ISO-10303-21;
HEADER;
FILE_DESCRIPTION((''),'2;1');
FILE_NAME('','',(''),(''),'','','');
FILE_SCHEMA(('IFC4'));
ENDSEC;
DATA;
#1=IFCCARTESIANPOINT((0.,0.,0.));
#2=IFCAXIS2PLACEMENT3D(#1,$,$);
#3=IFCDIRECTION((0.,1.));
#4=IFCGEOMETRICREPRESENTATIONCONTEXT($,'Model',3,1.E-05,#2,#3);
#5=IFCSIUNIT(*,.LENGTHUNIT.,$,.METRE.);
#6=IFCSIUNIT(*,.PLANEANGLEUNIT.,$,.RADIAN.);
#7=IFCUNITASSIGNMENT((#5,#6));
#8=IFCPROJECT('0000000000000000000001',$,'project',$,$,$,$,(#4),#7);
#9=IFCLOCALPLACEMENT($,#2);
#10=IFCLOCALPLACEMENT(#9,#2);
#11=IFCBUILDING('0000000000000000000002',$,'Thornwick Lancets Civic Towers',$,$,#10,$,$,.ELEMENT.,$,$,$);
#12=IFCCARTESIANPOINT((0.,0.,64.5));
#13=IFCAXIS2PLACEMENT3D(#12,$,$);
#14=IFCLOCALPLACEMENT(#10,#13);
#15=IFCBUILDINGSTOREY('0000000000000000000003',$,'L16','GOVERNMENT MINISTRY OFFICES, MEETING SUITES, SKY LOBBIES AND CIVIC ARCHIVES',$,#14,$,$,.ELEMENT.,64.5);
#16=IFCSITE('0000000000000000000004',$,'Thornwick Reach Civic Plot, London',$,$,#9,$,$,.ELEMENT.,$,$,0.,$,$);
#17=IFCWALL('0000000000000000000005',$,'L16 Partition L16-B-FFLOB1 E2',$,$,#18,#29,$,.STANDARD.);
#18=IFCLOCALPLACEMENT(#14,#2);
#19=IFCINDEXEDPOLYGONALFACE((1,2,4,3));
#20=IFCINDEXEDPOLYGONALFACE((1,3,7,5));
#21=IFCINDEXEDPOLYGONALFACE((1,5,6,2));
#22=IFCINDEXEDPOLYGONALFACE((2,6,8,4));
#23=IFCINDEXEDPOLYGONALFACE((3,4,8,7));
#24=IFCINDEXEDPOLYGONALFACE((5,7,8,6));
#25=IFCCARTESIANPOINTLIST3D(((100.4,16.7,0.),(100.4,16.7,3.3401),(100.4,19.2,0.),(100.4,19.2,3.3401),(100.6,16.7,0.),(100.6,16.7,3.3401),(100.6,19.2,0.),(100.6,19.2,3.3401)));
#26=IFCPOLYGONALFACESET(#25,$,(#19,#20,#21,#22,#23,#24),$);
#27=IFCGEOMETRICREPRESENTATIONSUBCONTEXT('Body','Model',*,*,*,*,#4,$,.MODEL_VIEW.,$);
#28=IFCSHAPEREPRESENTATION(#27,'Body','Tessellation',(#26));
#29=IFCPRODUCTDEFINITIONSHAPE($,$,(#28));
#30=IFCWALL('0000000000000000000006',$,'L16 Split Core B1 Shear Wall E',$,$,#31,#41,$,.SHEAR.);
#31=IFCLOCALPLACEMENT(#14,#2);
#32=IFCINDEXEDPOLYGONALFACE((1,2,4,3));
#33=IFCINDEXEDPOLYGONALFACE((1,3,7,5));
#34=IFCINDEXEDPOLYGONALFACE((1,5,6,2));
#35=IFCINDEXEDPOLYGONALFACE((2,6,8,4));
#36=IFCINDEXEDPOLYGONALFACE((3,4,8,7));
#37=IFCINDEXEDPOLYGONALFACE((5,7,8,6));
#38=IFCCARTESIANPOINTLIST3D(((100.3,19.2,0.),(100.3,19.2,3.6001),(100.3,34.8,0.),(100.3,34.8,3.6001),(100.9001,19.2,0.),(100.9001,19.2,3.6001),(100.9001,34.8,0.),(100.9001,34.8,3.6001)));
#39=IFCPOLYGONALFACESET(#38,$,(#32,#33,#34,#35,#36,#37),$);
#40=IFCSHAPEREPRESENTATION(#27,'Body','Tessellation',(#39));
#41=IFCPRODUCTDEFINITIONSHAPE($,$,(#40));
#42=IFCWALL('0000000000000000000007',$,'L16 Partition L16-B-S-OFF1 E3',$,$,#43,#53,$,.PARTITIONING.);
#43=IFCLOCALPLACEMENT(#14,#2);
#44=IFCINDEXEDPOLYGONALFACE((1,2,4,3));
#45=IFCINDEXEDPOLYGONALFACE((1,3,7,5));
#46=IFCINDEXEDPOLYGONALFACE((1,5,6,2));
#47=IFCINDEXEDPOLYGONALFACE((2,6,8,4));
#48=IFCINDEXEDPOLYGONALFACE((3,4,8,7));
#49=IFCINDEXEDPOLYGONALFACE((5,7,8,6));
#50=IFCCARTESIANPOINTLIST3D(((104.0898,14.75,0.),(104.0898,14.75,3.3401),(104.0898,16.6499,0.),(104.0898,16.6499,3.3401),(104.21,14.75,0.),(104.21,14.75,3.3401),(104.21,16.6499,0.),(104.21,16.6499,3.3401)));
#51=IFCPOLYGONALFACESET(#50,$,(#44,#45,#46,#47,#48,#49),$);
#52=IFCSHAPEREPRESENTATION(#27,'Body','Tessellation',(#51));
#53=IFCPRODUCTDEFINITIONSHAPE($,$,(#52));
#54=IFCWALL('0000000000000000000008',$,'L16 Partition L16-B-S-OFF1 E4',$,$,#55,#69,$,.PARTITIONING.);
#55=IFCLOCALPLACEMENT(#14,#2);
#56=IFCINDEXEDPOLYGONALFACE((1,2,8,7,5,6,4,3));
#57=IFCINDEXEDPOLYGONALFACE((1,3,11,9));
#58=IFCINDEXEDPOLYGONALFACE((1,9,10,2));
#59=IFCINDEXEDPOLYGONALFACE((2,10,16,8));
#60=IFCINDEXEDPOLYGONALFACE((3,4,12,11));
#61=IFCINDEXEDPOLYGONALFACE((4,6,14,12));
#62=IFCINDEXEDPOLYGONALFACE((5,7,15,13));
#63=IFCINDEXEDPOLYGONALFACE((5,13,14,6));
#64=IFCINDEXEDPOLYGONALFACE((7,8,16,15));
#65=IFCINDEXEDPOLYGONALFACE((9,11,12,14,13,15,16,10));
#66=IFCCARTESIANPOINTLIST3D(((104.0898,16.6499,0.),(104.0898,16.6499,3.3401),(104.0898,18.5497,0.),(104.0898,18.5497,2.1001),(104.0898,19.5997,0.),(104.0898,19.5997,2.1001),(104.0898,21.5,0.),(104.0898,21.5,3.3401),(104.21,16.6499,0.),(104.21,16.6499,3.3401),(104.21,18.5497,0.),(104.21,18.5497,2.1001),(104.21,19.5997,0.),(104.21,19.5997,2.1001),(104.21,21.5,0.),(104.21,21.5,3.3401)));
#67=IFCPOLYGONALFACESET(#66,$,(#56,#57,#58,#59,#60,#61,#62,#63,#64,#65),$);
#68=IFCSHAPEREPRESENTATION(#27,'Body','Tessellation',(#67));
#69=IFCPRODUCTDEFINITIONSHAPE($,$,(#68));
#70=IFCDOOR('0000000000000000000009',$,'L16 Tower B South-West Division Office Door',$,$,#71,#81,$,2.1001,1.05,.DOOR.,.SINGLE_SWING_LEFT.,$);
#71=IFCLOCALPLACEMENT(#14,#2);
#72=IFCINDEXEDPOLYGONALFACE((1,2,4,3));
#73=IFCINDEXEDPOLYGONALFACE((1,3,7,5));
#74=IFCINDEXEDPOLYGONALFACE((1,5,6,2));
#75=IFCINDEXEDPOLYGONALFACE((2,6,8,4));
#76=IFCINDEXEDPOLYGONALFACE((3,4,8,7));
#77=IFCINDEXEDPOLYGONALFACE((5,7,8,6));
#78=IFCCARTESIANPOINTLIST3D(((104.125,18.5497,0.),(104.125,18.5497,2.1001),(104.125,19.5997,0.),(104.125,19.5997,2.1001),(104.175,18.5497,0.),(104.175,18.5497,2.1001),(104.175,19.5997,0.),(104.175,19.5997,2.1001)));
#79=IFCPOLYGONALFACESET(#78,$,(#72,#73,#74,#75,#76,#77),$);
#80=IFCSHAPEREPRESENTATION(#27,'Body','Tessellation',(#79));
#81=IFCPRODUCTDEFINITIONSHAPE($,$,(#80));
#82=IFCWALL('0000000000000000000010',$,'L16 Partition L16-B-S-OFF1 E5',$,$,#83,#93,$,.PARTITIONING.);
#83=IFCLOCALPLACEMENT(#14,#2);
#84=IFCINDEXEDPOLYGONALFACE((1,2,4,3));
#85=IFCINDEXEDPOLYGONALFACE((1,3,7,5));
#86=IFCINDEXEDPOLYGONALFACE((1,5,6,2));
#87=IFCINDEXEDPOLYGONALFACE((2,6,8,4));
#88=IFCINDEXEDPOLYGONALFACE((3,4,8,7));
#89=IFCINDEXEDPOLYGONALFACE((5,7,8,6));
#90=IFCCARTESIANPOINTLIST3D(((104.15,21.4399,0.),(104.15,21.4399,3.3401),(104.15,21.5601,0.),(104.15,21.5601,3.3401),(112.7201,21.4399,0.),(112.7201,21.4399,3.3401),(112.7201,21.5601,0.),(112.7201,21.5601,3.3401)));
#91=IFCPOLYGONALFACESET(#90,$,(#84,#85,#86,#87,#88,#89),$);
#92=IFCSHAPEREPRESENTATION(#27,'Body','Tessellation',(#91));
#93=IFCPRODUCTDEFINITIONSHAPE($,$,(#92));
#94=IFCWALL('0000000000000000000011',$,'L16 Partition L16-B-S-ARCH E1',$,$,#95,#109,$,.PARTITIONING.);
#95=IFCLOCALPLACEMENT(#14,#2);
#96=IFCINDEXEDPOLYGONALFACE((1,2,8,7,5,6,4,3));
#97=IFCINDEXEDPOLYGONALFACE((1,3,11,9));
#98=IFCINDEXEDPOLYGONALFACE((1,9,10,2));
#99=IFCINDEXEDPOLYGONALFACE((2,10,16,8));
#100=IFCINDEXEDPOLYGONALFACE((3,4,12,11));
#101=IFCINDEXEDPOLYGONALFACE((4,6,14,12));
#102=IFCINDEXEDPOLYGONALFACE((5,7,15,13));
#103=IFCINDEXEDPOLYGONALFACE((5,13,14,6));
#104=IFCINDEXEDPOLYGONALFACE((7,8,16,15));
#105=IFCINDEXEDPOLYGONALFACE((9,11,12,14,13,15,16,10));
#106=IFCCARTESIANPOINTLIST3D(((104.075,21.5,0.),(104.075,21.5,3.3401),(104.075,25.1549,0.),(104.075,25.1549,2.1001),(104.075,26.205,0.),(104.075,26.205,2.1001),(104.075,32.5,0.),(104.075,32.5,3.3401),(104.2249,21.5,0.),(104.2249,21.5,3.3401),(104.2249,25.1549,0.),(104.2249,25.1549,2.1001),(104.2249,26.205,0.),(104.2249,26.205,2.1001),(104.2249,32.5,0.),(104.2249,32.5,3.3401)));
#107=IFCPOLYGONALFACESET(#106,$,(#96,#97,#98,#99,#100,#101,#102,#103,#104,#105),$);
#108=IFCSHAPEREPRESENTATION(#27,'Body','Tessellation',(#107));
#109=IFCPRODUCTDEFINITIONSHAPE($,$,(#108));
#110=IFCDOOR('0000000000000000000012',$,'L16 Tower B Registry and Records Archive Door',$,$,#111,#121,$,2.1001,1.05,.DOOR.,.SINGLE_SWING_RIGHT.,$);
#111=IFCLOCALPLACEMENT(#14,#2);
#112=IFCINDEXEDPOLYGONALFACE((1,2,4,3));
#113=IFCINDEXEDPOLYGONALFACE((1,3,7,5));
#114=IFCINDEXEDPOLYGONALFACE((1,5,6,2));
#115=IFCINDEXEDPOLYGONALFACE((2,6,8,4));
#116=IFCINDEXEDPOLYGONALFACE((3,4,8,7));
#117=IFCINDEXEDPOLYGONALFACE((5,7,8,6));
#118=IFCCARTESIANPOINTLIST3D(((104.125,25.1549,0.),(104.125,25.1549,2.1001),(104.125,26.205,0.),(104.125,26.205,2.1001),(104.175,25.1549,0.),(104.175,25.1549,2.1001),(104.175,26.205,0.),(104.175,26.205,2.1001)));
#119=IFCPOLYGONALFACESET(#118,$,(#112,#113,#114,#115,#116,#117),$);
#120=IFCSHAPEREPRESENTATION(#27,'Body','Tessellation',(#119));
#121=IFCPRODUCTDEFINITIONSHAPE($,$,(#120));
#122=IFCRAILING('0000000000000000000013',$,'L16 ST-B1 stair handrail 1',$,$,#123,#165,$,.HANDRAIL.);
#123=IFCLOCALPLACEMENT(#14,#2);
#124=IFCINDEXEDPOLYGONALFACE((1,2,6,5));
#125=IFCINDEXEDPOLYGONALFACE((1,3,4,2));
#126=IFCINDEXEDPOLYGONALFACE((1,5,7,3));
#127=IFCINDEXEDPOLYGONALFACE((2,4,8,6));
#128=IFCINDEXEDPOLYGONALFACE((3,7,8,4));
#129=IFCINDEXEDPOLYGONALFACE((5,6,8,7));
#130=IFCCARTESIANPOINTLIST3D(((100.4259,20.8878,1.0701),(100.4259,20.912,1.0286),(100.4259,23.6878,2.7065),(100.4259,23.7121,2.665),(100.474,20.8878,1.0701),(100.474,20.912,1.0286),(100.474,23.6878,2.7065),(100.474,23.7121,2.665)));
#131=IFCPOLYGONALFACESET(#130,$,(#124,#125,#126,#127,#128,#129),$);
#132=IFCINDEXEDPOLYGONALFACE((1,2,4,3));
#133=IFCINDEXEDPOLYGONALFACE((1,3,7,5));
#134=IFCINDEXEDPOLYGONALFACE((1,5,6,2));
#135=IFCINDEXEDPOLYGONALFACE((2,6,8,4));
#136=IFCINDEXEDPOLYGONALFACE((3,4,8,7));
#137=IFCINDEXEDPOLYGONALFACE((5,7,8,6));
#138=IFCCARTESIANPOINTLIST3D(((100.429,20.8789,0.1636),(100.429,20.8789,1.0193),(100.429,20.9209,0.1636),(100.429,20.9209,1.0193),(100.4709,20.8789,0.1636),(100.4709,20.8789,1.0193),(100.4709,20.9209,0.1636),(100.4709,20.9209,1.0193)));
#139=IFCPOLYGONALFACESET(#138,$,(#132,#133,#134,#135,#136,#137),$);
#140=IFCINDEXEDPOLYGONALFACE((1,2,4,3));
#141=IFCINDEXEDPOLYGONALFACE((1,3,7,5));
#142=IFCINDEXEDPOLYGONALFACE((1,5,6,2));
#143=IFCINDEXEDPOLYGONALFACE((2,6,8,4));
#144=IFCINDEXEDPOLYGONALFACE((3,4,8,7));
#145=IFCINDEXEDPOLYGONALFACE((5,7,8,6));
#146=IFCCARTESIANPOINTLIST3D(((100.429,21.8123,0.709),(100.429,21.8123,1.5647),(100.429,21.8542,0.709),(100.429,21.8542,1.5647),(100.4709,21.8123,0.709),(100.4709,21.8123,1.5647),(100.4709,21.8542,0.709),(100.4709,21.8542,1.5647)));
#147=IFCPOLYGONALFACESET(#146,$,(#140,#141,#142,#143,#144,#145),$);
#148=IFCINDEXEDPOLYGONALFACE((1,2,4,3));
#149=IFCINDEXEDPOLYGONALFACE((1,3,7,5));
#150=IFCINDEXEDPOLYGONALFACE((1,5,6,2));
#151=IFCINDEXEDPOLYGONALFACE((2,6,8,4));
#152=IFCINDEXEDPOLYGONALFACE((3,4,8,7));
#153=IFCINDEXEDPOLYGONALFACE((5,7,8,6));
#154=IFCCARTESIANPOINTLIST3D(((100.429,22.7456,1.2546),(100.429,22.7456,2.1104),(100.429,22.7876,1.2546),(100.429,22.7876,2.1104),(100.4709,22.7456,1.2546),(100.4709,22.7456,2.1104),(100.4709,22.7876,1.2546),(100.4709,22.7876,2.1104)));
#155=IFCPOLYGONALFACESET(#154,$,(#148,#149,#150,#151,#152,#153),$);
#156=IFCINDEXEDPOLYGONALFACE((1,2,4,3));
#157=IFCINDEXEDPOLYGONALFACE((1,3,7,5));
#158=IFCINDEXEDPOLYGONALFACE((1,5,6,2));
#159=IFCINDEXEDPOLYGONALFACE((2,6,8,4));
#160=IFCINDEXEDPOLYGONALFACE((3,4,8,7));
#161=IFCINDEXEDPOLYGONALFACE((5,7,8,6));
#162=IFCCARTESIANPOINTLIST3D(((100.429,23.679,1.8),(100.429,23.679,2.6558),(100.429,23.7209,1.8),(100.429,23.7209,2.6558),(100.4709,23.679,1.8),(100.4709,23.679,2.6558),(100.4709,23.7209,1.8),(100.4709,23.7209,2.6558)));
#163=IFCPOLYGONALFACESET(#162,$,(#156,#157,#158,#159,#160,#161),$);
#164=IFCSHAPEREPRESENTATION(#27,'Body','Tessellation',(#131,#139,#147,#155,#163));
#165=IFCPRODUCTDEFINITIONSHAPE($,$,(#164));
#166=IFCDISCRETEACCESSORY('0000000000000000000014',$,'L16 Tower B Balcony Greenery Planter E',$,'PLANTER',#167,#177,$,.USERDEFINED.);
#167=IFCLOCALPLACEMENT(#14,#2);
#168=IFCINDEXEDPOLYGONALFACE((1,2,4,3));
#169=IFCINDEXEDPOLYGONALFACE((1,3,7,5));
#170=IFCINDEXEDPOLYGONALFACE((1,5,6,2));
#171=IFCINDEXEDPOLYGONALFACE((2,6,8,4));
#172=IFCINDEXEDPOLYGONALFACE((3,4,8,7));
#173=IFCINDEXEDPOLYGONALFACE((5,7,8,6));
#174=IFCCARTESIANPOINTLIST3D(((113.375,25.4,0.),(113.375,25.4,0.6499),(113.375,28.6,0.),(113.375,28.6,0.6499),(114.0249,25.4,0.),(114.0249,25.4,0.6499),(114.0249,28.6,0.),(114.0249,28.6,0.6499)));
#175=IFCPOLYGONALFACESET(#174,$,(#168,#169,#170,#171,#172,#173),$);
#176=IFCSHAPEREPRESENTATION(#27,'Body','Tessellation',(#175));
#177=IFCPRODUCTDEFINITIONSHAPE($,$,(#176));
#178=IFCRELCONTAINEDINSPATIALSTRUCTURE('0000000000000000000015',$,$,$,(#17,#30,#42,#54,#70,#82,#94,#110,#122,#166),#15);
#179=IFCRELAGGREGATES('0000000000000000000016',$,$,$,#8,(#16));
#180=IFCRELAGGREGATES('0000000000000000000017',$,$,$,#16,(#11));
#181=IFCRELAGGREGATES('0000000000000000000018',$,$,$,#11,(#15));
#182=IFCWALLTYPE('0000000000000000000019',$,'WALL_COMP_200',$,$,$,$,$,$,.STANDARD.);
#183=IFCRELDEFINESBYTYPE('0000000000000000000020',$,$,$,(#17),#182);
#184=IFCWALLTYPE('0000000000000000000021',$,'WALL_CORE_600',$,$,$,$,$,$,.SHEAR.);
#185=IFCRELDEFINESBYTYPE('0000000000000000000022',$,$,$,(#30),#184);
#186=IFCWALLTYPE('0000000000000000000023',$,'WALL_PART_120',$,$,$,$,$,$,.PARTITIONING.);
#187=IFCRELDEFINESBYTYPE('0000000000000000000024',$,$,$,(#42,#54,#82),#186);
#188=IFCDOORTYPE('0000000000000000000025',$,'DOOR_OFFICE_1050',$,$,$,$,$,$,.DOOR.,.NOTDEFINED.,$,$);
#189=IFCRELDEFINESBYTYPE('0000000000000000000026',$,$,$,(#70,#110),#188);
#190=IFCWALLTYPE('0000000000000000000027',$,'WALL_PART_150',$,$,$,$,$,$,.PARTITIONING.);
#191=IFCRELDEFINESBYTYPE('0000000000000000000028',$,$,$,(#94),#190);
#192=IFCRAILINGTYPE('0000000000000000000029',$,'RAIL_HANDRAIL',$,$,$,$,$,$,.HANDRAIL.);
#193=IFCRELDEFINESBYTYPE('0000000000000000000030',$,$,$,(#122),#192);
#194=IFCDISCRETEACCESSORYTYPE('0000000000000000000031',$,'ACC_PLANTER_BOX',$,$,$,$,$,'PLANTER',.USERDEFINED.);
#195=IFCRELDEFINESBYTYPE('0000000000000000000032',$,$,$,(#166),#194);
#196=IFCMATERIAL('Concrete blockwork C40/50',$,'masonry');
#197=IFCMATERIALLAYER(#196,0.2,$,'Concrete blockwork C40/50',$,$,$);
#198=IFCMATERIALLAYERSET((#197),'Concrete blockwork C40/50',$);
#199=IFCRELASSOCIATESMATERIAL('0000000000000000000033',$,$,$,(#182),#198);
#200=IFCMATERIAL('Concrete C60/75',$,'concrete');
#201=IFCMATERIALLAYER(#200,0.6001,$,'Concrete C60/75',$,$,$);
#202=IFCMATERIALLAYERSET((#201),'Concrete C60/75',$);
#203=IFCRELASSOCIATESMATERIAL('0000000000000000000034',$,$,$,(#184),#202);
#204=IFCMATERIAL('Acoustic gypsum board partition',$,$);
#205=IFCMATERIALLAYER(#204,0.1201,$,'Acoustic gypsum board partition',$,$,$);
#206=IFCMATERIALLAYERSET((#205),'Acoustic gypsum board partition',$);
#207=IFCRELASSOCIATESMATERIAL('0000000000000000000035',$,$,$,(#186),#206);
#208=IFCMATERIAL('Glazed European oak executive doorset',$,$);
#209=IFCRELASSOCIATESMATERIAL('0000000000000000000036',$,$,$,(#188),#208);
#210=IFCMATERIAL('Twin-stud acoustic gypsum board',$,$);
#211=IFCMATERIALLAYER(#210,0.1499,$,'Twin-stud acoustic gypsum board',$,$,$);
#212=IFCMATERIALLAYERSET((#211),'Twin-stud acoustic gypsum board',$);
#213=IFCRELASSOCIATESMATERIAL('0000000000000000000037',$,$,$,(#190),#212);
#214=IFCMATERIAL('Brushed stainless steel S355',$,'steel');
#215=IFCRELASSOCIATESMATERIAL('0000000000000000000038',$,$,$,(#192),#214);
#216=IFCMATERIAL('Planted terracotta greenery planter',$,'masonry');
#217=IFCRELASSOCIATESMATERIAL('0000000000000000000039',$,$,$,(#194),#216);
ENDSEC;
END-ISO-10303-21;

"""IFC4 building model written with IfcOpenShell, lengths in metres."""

from ifc_helpers import new_model, si_unit, direction, frame, frame_2d, origin, origin_2d, place, context, subcontext, project, spatial, rectangle, extrude, material, layer, layer_set, type_object, element, fill, save


model = new_model("IFC4")

# Units and contexts
model_context = context("Model", 3, precision=1e-05, world=origin(), true_north=direction((0.0, 1.0)))
body_context = subcontext(model_context, "Body", "Model", "MODEL_VIEW")
ifc_project = project(units=[si_unit("LENGTHUNIT", "METRE"), si_unit("PLANEANGLEUNIT", "RADIAN")], contexts=[model_context])

# Site, building, storey
site_placement = place(None, origin())
site = spatial("IfcSite", under=ifc_project, at=site_placement, Name="Thornwick Reach Civic Plot, London", CompositionType="ELEMENT", RefElevation=0.0)
building_placement = place(site_placement, origin())
building = spatial("IfcBuilding", under=site, at=building_placement, Name="Thornwick Lancets Civic Towers", CompositionType="ELEMENT")
storey_placement = place(building_placement, frame((0.0, 0.0, 64.5)))
storey = spatial("IfcBuildingStorey", under=building, at=storey_placement, Name="L16", Description="GOVERNMENT MINISTRY OFFICES, MEETING SUITES, SKY LOBBIES AND CIVIC ARCHIVES", CompositionType="ELEMENT", Elevation=64.5)

# Shared definitions
ifc_material_1 = material(Name="Concrete C60/75", Category="concrete")

# Walls
ifc_material_2 = material(Name="Concrete blockwork C40/50", Category="masonry")
ifc_layer_1 = layer(ifc_material_2, 0.2, Name="Concrete blockwork C40/50")
ifc_layer_set_1 = layer_set([ifc_layer_1], Name="Concrete blockwork C40/50")
wall_type_1 = type_object("IfcWallType", Name="WALL_COMP_200", PredefinedType="STANDARD", material=ifc_layer_set_1)
wall_1_placement = place(storey_placement, frame((100.5, 16.7, 0.0), z_axis=(0.0, 0.0, 1.0), x_axis=(0.0, 1.0, 0.0)))
element("IfcWall", 1, at=wall_1_placement, inside=storey, type_object=wall_type_1, Name="L16 Partition L16-B-FFLOB1 E2", PredefinedType="STANDARD", context=body_context, shape_type="SweptSolid", body=[
    extrude(rectangle(XDim=2.5, YDim=0.2, at=frame_2d((1.25, 0.0))), origin(), (0.0, 0.0, 1.0), 3.3401),
])
ifc_layer_2 = layer(ifc_material_1, 0.6001, Name="Concrete C60/75")
ifc_layer_set_2 = layer_set([ifc_layer_2], Name="Concrete C60/75")
wall_type_2 = type_object("IfcWallType", Name="WALL_CORE_600", PredefinedType="SHEAR", material=ifc_layer_set_2)
wall_2_placement = place(storey_placement, frame((100.6001, 19.2, 0.0), z_axis=(0.0, 0.0, 1.0), x_axis=(0.0, 1.0, 0.0)))
element("IfcWall", 2, at=wall_2_placement, inside=storey, type_object=wall_type_2, Name="L16 Split Core B1 Shear Wall E", PredefinedType="SHEAR", context=body_context, shape_type="SweptSolid", body=[
    extrude(rectangle(XDim=15.6001, YDim=0.6001, at=frame_2d((7.8, 0.0))), origin(), (0.0, 0.0, 1.0), 3.6001),
])
ifc_material_3 = material(Name="Acoustic gypsum board partition")
ifc_layer_3 = layer(ifc_material_3, 0.1201, Name="Acoustic gypsum board partition")
ifc_layer_set_3 = layer_set([ifc_layer_3], Name="Acoustic gypsum board partition")
wall_type_3 = type_object("IfcWallType", Name="WALL_PART_120", PredefinedType="PARTITIONING", material=ifc_layer_set_3)
wall_3_placement = place(storey_placement, frame((104.1499, 14.75, 0.0), z_axis=(0.0, 0.0, 1.0), x_axis=(0.0, 1.0, 0.0)))
element("IfcWall", 3, at=wall_3_placement, inside=storey, type_object=wall_type_3, Name="L16 Partition L16-B-S-OFF1 E3", PredefinedType="PARTITIONING", context=body_context, shape_type="SweptSolid", body=[
    extrude(rectangle(XDim=1.8999, YDim=0.1201, at=frame_2d((0.95, 0.0))), origin(), (0.0, 0.0, 1.0), 3.3401),
])

# Wall, opening, door
wall_4_placement = place(storey_placement, frame((104.1499, 16.6499, 0.0), z_axis=(0.0, 0.0, 1.0), x_axis=(0.0, 1.0, 0.0)))
wall_4 = element("IfcWall", 4, at=wall_4_placement, inside=storey, type_object=wall_type_3, Name="L16 Partition L16-B-S-OFF1 E4", PredefinedType="PARTITIONING", context=body_context, shape_type="SweptSolid", body=[
    extrude(rectangle(XDim=4.8501, YDim=0.1201, at=frame_2d((2.425, 0.0))), origin(), (0.0, 0.0, 1.0), 3.3401),
])
opening_1_placement = place(wall_4_placement, frame((1.8999, 0.0, 0.0)))
opening_1 = element("IfcOpeningElement", 5, at=opening_1_placement, cuts=wall_4, PredefinedType="OPENING", context=body_context, shape_type="SweptSolid", body=[
    extrude(rectangle(XDim=1.05, YDim=2.1001, at=frame_2d((0.5249, 1.05))), frame((0.0, 0.0701, 0.0), z_axis=(0.0, -1.0, 0.0), x_axis=(1.0, 0.0, 0.0)), (0.0, 0.0, 1.0), 0.1401),
])
ifc_material_4 = material(Name="Glazed European oak executive doorset")
door_type = type_object("IfcDoorType", Name="DOOR_OFFICE_1050", OperationType="NOTDEFINED", PredefinedType="DOOR", material=ifc_material_4)
door_1_placement = place(opening_1_placement, origin())
door_1 = element("IfcDoor", 6, at=door_1_placement, inside=storey, type_object=door_type, Name="L16 Tower B South-West Division Office Door", OperationType="SINGLE_SWING_LEFT", OverallHeight=2.1001, OverallWidth=1.05, PredefinedType="DOOR", context=body_context, shape_type="SweptSolid", body=[
    extrude(rectangle(XDim=1.05, YDim=2.1001, at=frame_2d((0.5249, 1.05))), frame((0.0, 0.0249, 0.0), z_axis=(0.0, -1.0, 0.0), x_axis=(1.0, 0.0, 0.0)), (0.0, 0.0, 1.0), 0.05),
])
fill(opening_1, door_1)

# Wall
wall_5_placement = place(storey_placement, frame((104.1499, 21.5, 0.0), z_axis=(0.0, 0.0, 1.0), x_axis=(1.0, 0.0, 0.0)))
element("IfcWall", 7, at=wall_5_placement, inside=storey, type_object=wall_type_3, Name="L16 Partition L16-B-S-OFF1 E5", PredefinedType="PARTITIONING", context=body_context, shape_type="SweptSolid", body=[
    extrude(rectangle(XDim=8.5701, YDim=0.1201, at=frame_2d((4.2852, 0.0))), origin(), (0.0, 0.0, 1.0), 3.3401),
])

# Wall, opening, door
ifc_material_5 = material(Name="Twin-stud acoustic gypsum board")
ifc_layer_4 = layer(ifc_material_5, 0.1499, Name="Twin-stud acoustic gypsum board")
ifc_layer_set_4 = layer_set([ifc_layer_4], Name="Twin-stud acoustic gypsum board")
wall_type_4 = type_object("IfcWallType", Name="WALL_PART_150", PredefinedType="PARTITIONING", material=ifc_layer_set_4)
wall_6_placement = place(storey_placement, frame((104.1499, 21.5, 0.0), z_axis=(0.0, 0.0, 1.0), x_axis=(0.0, 1.0, 0.0)))
wall_6 = element("IfcWall", 8, at=wall_6_placement, inside=storey, type_object=wall_type_4, Name="L16 Partition L16-B-S-ARCH E1", PredefinedType="PARTITIONING", context=body_context, shape_type="SweptSolid", body=[
    extrude(rectangle(XDim=11.0, YDim=0.1499, at=frame_2d((5.5, 0.0))), origin(), (0.0, 0.0, 1.0), 3.3401),
])
opening_2_placement = place(wall_6_placement, frame((3.655, 0.0, 0.0)))
opening_2 = element("IfcOpeningElement", 9, at=opening_2_placement, cuts=wall_6, PredefinedType="OPENING", context=body_context, shape_type="SweptSolid", body=[
    extrude(rectangle(XDim=1.05, YDim=2.1001, at=frame_2d((0.5249, 1.05))), frame((0.0, 0.085, 0.0), z_axis=(0.0, -1.0, 0.0), x_axis=(1.0, 0.0, 0.0)), (0.0, 0.0, 1.0), 0.1699),
])
door_2_placement = place(opening_2_placement, origin())
door_2 = element("IfcDoor", 10, at=door_2_placement, inside=storey, type_object=door_type, Name="L16 Tower B Registry and Records Archive Door", OperationType="SINGLE_SWING_RIGHT", OverallHeight=2.1001, OverallWidth=1.05, PredefinedType="DOOR", context=body_context, shape_type="SweptSolid", body=[
    extrude(rectangle(XDim=1.05, YDim=2.1001, at=frame_2d((0.5249, 1.05))), frame((0.0, 0.0249, 0.0), z_axis=(0.0, -1.0, 0.0), x_axis=(1.0, 0.0, 0.0)), (0.0, 0.0, 1.0), 0.05),
])
fill(opening_2, door_2)

# Railing
ifc_material_6 = material(Name="Brushed stainless steel S355", Category="steel")
railing_type = type_object("IfcRailingType", Name="RAIL_HANDRAIL", PredefinedType="HANDRAIL", material=ifc_material_6)
railing_placement = place(storey_placement, frame((100.45, 20.8999, 0.1636)))
element("IfcRailing", 11, at=railing_placement, inside=storey, type_object=railing_type, Name="L16 ST-B1 stair handrail 1", PredefinedType="HANDRAIL", context=body_context, shape_type="SweptSolid", body=[
    extrude(rectangle(XDim=0.0481, YDim=0.0481, at=origin_2d()), frame((0.0, 0.0, 0.8857), z_axis=(0.0, 0.863361, 0.504587), x_axis=(-1.0, 0.0, 0.0)), (0.0, 0.0, 1.0), 3.2432),
    extrude(rectangle(XDim=0.042, YDim=0.042, at=origin_2d()), origin(), (0.0, 0.0, 1.0), 0.8557),
    extrude(rectangle(XDim=0.042, YDim=0.042, at=origin_2d()), frame((0.0, 0.9333, 0.5454)), (0.0, 0.0, 1.0), 0.8557),
    extrude(rectangle(XDim=0.042, YDim=0.042, at=origin_2d()), frame((0.0, 1.8667, 1.0911)), (0.0, 0.0, 1.0), 0.8557),
    extrude(rectangle(XDim=0.042, YDim=0.042, at=origin_2d()), frame((0.0, 2.8, 1.6365)), (0.0, 0.0, 1.0), 0.8557),
])

# Discrete accessory
ifc_material_7 = material(Name="Planted terracotta greenery planter", Category="masonry")
discrete_accessory_type_1 = type_object("IfcDiscreteAccessoryType", Name="ACC_PLANTER_BOX", ElementType="PLANTER", PredefinedType="USERDEFINED", material=ifc_material_7)
discrete_accessory_1_placement = place(storey_placement, frame((113.7, 27.0, 0.0), z_axis=(0.0, 0.0, 1.0), x_axis=(1.0, 0.0, 0.0)))
element("IfcDiscreteAccessory", 12, at=discrete_accessory_1_placement, inside=storey, type_object=discrete_accessory_type_1, Name="L16 Tower B Balcony Greenery Planter E", ObjectType="PLANTER", PredefinedType="USERDEFINED", context=body_context, shape_type="SweptSolid", body=[
    extrude(rectangle(XDim=0.6499, YDim=3.2, at=origin_2d()), origin(), (0.0, 0.0, 1.0), 0.6499),
])

save(model, "model.ifc")
